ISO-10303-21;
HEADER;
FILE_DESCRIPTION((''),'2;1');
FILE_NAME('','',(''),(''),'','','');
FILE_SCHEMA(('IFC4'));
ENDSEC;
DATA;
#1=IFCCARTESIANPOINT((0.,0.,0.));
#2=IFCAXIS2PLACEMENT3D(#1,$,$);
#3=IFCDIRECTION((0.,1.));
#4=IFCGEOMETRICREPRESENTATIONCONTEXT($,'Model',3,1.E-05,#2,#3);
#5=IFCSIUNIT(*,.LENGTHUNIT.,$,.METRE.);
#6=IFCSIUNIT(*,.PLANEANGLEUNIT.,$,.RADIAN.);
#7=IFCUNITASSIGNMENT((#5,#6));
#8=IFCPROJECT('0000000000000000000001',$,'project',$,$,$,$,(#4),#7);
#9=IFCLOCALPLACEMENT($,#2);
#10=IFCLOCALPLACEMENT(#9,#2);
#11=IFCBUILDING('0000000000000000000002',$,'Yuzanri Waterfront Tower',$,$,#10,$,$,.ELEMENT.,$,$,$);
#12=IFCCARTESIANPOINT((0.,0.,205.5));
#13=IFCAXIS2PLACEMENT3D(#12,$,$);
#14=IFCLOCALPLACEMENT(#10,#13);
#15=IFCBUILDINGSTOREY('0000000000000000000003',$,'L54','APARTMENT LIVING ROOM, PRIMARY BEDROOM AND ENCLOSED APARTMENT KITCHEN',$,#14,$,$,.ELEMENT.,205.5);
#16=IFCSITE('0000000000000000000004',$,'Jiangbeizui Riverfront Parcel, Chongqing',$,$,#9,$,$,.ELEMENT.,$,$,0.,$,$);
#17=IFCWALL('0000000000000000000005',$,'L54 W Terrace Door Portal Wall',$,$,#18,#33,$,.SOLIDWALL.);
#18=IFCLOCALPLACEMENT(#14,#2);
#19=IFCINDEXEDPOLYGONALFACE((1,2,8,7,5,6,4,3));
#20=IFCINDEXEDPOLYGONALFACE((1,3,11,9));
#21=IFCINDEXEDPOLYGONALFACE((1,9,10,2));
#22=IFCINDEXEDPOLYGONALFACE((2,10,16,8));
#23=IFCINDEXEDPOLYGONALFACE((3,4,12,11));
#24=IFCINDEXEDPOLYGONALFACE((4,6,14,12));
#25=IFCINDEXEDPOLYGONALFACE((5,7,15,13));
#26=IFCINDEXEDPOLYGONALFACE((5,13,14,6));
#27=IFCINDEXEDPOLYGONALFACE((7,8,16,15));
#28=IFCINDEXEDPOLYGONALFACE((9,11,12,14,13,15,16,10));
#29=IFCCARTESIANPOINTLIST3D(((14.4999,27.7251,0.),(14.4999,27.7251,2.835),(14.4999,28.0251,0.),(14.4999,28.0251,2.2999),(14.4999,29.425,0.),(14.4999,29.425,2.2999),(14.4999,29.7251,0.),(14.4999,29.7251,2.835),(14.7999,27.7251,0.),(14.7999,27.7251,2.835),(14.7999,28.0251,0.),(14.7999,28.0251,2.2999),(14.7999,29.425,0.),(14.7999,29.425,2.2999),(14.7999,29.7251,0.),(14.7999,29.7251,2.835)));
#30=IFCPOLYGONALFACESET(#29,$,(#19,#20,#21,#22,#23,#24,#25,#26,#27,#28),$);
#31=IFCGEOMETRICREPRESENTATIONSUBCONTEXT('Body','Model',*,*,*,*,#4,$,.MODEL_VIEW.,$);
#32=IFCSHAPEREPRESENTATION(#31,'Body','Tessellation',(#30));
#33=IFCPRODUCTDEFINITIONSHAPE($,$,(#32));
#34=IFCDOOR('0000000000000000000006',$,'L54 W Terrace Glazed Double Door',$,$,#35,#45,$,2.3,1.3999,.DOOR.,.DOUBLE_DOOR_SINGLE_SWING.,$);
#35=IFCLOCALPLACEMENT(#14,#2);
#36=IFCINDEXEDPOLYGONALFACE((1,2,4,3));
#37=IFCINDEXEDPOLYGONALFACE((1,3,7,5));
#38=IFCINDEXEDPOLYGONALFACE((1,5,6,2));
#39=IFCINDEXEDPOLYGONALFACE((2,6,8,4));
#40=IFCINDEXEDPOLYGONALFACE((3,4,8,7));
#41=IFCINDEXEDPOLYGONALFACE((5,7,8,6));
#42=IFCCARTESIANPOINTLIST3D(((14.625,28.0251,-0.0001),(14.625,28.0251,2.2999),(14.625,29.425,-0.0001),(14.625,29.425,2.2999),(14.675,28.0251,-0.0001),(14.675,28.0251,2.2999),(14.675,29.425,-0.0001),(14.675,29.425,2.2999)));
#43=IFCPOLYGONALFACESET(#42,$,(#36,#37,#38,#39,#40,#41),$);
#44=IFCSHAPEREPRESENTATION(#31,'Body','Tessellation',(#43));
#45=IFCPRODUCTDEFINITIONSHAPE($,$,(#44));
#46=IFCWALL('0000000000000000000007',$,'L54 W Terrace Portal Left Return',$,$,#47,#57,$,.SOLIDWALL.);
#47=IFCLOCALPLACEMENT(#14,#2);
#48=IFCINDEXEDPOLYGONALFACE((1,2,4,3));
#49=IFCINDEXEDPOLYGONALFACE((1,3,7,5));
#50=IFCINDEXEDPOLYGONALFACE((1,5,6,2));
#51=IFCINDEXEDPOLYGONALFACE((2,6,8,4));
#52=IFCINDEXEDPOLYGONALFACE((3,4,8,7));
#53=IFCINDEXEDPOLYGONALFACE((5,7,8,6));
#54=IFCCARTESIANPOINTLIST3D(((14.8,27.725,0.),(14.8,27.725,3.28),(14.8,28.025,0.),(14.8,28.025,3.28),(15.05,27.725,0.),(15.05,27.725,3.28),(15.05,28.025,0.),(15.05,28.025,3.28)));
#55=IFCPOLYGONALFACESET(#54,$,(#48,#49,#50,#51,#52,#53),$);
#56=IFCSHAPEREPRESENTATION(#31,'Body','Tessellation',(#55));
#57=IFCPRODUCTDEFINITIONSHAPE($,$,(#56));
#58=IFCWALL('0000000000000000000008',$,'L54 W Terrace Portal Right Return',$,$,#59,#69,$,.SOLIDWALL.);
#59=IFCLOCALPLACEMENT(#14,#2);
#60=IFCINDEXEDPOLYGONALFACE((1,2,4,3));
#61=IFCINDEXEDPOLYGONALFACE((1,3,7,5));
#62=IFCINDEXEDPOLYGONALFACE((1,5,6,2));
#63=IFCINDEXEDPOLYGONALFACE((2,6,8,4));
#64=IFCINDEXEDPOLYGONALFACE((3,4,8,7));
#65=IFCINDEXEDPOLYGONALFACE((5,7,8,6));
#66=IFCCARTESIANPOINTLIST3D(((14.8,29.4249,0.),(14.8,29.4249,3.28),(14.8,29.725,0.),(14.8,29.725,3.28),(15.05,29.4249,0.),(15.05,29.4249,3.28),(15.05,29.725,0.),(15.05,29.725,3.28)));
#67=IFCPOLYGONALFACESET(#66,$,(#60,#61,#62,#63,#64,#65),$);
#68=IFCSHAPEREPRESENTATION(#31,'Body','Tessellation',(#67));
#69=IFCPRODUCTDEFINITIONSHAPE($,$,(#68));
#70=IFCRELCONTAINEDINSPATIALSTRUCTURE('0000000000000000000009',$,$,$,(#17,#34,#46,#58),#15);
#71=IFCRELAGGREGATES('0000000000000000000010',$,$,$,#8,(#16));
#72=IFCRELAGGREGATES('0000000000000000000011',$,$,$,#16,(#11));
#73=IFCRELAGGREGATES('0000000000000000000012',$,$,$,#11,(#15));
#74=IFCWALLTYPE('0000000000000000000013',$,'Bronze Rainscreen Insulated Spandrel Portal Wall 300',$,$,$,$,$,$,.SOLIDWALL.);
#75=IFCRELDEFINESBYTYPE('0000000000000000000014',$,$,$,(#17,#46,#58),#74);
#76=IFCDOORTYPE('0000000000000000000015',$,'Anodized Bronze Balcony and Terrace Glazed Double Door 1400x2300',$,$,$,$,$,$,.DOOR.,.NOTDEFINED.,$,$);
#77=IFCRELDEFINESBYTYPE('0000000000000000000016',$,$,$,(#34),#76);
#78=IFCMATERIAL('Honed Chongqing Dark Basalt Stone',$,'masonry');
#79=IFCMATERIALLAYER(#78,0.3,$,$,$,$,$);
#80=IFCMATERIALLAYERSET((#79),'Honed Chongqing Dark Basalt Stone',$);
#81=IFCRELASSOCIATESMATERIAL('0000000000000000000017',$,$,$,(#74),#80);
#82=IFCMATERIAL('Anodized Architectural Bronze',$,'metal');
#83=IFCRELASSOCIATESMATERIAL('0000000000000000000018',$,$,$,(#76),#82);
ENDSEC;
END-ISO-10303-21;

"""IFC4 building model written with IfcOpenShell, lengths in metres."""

from ifc_helpers import new_model, si_unit, direction, frame, frame_2d, origin, place, context, subcontext, project, spatial, rectangle, extrude, source, transform, mapped, material, layer, layer_set, type_object, element, fill, save


model = new_model("IFC4")

# Units and contexts
model_context = context("Model", 3, precision=1e-05, world=origin(), true_north=direction((0.0, 1.0)))
body_context = subcontext(model_context, "Body", "Model", "MODEL_VIEW")
ifc_project = project(units=[si_unit("LENGTHUNIT", "METRE"), si_unit("PLANEANGLEUNIT", "RADIAN")], contexts=[model_context])

# Site, building, storey
site_placement = place(None, origin())
site = spatial("IfcSite", under=ifc_project, at=site_placement, Name="Jiangbeizui Riverfront Parcel, Chongqing", CompositionType="ELEMENT", RefElevation=0.0)
building_placement = place(site_placement, origin())
building = spatial("IfcBuilding", under=site, at=building_placement, Name="Yuzanri Waterfront Tower", CompositionType="ELEMENT")
storey_placement = place(building_placement, frame((0.0, 0.0, 205.5)))
storey = spatial("IfcBuildingStorey", under=building, at=storey_placement, Name="L54", Description="APARTMENT LIVING ROOM, PRIMARY BEDROOM AND ENCLOSED APARTMENT KITCHEN", CompositionType="ELEMENT", Elevation=205.5)

# Wall, opening, door
ifc_material_1 = material(Name="Honed Chongqing Dark Basalt Stone", Category="masonry")
ifc_layer_1 = layer(ifc_material_1, 0.3)
ifc_layer_set_1 = layer_set([ifc_layer_1], Name="Honed Chongqing Dark Basalt Stone")
wall_type_1 = type_object("IfcWallType", Name="Bronze Rainscreen Insulated Spandrel Portal Wall 300", PredefinedType="SOLIDWALL", material=ifc_layer_set_1)
wall_1_placement = place(storey_placement, frame((14.6499, 27.7251, 0.0), z_axis=(0.0, 0.0, 1.0), x_axis=(0.0, 1.0, 0.0)))
wall_1 = element("IfcWall", 1, at=wall_1_placement, inside=storey, type_object=wall_type_1, Name="L54 W Terrace Door Portal Wall", PredefinedType="SOLIDWALL", context=body_context, shape_type="SweptSolid", body=[
    extrude(rectangle(XDim=2.0, YDim=0.3, at=frame_2d((1.0, 0.0))), origin(), (0.0, 0.0, 1.0), 2.835),
])
opening_1_placement = place(wall_1_placement, frame((0.3, 0.0, 0.0)))
opening_1 = element("IfcOpeningElement", 2, at=opening_1_placement, cuts=wall_1, PredefinedType="OPENING", context=body_context, shape_type="SweptSolid", body=[
    extrude(rectangle(XDim=1.3999, YDim=2.3, at=frame_2d((0.7, 1.1499))), frame((0.0, 0.165, 0.0), z_axis=(0.0, -1.0, 0.0), x_axis=(1.0, 0.0, 0.0)), (0.0, 0.0, 1.0), 0.3298),
])
ifc_material_2 = material(Name="Anodized Architectural Bronze", Category="metal")
door_type_1 = type_object("IfcDoorType", Name="Anodized Bronze Balcony and Terrace Glazed Double Door 1400x2300", OperationType="NOTDEFINED", PredefinedType="DOOR", material=ifc_material_2)
shared_shape_1 = source(origin(), body_context, "Body", "SweptSolid", [
    extrude(rectangle(XDim=1.3999, YDim=2.3, at=frame_2d((0.7, 1.1499))), frame((0.0, 0.0249, 0.0), z_axis=(0.0, -1.0, 0.0), x_axis=(1.0, 0.0, 0.0)), (0.0, 0.0, 1.0), 0.05),
])
door_1_placement = place(opening_1_placement, origin())
door_1 = element("IfcDoor", 3, at=door_1_placement, inside=storey, type_object=door_type_1, Name="L54 W Terrace Glazed Double Door", OperationType="DOUBLE_DOOR_SINGLE_SWING", OverallHeight=2.3, OverallWidth=1.3999, PredefinedType="DOOR", context=body_context, shape_type="MappedRepresentation", body=[
    mapped(shared_shape_1, transform((0.0, 0.0, 0.0), scale=1.0)),
])
fill(opening_1, door_1)

# Walls
shared_shape_2 = source(origin(), body_context, "Body", "SweptSolid", [
    extrude(rectangle(XDim=0.25, YDim=0.3, at=frame_2d((0.125, 0.0))), origin(), (0.0, 0.0, 1.0), 3.28),
])
for number, where, z_axis, x_axis, name in (
    (4, (15.05, 27.875, 0.0), (0.0, 0.0, 1.0), (-1.0, 0.0, 0.0), "L54 W Terrace Portal Left Return"),
    (5, (14.8, 29.575, 0.0), (0.0, 0.0, 1.0), (1.0, 0.0, 0.0), "L54 W Terrace Portal Right Return"),
):
    element("IfcWall", number, at=place(storey_placement, frame(where, z_axis=z_axis, x_axis=x_axis)), inside=storey, type_object=wall_type_1, Name=name, PredefinedType="SOLIDWALL", context=body_context, shape_type="MappedRepresentation", body=[
        mapped(shared_shape_2, transform((0.0, 0.0, 0.0), scale=1.0)),
    ])

save(model, "model.ifc")
